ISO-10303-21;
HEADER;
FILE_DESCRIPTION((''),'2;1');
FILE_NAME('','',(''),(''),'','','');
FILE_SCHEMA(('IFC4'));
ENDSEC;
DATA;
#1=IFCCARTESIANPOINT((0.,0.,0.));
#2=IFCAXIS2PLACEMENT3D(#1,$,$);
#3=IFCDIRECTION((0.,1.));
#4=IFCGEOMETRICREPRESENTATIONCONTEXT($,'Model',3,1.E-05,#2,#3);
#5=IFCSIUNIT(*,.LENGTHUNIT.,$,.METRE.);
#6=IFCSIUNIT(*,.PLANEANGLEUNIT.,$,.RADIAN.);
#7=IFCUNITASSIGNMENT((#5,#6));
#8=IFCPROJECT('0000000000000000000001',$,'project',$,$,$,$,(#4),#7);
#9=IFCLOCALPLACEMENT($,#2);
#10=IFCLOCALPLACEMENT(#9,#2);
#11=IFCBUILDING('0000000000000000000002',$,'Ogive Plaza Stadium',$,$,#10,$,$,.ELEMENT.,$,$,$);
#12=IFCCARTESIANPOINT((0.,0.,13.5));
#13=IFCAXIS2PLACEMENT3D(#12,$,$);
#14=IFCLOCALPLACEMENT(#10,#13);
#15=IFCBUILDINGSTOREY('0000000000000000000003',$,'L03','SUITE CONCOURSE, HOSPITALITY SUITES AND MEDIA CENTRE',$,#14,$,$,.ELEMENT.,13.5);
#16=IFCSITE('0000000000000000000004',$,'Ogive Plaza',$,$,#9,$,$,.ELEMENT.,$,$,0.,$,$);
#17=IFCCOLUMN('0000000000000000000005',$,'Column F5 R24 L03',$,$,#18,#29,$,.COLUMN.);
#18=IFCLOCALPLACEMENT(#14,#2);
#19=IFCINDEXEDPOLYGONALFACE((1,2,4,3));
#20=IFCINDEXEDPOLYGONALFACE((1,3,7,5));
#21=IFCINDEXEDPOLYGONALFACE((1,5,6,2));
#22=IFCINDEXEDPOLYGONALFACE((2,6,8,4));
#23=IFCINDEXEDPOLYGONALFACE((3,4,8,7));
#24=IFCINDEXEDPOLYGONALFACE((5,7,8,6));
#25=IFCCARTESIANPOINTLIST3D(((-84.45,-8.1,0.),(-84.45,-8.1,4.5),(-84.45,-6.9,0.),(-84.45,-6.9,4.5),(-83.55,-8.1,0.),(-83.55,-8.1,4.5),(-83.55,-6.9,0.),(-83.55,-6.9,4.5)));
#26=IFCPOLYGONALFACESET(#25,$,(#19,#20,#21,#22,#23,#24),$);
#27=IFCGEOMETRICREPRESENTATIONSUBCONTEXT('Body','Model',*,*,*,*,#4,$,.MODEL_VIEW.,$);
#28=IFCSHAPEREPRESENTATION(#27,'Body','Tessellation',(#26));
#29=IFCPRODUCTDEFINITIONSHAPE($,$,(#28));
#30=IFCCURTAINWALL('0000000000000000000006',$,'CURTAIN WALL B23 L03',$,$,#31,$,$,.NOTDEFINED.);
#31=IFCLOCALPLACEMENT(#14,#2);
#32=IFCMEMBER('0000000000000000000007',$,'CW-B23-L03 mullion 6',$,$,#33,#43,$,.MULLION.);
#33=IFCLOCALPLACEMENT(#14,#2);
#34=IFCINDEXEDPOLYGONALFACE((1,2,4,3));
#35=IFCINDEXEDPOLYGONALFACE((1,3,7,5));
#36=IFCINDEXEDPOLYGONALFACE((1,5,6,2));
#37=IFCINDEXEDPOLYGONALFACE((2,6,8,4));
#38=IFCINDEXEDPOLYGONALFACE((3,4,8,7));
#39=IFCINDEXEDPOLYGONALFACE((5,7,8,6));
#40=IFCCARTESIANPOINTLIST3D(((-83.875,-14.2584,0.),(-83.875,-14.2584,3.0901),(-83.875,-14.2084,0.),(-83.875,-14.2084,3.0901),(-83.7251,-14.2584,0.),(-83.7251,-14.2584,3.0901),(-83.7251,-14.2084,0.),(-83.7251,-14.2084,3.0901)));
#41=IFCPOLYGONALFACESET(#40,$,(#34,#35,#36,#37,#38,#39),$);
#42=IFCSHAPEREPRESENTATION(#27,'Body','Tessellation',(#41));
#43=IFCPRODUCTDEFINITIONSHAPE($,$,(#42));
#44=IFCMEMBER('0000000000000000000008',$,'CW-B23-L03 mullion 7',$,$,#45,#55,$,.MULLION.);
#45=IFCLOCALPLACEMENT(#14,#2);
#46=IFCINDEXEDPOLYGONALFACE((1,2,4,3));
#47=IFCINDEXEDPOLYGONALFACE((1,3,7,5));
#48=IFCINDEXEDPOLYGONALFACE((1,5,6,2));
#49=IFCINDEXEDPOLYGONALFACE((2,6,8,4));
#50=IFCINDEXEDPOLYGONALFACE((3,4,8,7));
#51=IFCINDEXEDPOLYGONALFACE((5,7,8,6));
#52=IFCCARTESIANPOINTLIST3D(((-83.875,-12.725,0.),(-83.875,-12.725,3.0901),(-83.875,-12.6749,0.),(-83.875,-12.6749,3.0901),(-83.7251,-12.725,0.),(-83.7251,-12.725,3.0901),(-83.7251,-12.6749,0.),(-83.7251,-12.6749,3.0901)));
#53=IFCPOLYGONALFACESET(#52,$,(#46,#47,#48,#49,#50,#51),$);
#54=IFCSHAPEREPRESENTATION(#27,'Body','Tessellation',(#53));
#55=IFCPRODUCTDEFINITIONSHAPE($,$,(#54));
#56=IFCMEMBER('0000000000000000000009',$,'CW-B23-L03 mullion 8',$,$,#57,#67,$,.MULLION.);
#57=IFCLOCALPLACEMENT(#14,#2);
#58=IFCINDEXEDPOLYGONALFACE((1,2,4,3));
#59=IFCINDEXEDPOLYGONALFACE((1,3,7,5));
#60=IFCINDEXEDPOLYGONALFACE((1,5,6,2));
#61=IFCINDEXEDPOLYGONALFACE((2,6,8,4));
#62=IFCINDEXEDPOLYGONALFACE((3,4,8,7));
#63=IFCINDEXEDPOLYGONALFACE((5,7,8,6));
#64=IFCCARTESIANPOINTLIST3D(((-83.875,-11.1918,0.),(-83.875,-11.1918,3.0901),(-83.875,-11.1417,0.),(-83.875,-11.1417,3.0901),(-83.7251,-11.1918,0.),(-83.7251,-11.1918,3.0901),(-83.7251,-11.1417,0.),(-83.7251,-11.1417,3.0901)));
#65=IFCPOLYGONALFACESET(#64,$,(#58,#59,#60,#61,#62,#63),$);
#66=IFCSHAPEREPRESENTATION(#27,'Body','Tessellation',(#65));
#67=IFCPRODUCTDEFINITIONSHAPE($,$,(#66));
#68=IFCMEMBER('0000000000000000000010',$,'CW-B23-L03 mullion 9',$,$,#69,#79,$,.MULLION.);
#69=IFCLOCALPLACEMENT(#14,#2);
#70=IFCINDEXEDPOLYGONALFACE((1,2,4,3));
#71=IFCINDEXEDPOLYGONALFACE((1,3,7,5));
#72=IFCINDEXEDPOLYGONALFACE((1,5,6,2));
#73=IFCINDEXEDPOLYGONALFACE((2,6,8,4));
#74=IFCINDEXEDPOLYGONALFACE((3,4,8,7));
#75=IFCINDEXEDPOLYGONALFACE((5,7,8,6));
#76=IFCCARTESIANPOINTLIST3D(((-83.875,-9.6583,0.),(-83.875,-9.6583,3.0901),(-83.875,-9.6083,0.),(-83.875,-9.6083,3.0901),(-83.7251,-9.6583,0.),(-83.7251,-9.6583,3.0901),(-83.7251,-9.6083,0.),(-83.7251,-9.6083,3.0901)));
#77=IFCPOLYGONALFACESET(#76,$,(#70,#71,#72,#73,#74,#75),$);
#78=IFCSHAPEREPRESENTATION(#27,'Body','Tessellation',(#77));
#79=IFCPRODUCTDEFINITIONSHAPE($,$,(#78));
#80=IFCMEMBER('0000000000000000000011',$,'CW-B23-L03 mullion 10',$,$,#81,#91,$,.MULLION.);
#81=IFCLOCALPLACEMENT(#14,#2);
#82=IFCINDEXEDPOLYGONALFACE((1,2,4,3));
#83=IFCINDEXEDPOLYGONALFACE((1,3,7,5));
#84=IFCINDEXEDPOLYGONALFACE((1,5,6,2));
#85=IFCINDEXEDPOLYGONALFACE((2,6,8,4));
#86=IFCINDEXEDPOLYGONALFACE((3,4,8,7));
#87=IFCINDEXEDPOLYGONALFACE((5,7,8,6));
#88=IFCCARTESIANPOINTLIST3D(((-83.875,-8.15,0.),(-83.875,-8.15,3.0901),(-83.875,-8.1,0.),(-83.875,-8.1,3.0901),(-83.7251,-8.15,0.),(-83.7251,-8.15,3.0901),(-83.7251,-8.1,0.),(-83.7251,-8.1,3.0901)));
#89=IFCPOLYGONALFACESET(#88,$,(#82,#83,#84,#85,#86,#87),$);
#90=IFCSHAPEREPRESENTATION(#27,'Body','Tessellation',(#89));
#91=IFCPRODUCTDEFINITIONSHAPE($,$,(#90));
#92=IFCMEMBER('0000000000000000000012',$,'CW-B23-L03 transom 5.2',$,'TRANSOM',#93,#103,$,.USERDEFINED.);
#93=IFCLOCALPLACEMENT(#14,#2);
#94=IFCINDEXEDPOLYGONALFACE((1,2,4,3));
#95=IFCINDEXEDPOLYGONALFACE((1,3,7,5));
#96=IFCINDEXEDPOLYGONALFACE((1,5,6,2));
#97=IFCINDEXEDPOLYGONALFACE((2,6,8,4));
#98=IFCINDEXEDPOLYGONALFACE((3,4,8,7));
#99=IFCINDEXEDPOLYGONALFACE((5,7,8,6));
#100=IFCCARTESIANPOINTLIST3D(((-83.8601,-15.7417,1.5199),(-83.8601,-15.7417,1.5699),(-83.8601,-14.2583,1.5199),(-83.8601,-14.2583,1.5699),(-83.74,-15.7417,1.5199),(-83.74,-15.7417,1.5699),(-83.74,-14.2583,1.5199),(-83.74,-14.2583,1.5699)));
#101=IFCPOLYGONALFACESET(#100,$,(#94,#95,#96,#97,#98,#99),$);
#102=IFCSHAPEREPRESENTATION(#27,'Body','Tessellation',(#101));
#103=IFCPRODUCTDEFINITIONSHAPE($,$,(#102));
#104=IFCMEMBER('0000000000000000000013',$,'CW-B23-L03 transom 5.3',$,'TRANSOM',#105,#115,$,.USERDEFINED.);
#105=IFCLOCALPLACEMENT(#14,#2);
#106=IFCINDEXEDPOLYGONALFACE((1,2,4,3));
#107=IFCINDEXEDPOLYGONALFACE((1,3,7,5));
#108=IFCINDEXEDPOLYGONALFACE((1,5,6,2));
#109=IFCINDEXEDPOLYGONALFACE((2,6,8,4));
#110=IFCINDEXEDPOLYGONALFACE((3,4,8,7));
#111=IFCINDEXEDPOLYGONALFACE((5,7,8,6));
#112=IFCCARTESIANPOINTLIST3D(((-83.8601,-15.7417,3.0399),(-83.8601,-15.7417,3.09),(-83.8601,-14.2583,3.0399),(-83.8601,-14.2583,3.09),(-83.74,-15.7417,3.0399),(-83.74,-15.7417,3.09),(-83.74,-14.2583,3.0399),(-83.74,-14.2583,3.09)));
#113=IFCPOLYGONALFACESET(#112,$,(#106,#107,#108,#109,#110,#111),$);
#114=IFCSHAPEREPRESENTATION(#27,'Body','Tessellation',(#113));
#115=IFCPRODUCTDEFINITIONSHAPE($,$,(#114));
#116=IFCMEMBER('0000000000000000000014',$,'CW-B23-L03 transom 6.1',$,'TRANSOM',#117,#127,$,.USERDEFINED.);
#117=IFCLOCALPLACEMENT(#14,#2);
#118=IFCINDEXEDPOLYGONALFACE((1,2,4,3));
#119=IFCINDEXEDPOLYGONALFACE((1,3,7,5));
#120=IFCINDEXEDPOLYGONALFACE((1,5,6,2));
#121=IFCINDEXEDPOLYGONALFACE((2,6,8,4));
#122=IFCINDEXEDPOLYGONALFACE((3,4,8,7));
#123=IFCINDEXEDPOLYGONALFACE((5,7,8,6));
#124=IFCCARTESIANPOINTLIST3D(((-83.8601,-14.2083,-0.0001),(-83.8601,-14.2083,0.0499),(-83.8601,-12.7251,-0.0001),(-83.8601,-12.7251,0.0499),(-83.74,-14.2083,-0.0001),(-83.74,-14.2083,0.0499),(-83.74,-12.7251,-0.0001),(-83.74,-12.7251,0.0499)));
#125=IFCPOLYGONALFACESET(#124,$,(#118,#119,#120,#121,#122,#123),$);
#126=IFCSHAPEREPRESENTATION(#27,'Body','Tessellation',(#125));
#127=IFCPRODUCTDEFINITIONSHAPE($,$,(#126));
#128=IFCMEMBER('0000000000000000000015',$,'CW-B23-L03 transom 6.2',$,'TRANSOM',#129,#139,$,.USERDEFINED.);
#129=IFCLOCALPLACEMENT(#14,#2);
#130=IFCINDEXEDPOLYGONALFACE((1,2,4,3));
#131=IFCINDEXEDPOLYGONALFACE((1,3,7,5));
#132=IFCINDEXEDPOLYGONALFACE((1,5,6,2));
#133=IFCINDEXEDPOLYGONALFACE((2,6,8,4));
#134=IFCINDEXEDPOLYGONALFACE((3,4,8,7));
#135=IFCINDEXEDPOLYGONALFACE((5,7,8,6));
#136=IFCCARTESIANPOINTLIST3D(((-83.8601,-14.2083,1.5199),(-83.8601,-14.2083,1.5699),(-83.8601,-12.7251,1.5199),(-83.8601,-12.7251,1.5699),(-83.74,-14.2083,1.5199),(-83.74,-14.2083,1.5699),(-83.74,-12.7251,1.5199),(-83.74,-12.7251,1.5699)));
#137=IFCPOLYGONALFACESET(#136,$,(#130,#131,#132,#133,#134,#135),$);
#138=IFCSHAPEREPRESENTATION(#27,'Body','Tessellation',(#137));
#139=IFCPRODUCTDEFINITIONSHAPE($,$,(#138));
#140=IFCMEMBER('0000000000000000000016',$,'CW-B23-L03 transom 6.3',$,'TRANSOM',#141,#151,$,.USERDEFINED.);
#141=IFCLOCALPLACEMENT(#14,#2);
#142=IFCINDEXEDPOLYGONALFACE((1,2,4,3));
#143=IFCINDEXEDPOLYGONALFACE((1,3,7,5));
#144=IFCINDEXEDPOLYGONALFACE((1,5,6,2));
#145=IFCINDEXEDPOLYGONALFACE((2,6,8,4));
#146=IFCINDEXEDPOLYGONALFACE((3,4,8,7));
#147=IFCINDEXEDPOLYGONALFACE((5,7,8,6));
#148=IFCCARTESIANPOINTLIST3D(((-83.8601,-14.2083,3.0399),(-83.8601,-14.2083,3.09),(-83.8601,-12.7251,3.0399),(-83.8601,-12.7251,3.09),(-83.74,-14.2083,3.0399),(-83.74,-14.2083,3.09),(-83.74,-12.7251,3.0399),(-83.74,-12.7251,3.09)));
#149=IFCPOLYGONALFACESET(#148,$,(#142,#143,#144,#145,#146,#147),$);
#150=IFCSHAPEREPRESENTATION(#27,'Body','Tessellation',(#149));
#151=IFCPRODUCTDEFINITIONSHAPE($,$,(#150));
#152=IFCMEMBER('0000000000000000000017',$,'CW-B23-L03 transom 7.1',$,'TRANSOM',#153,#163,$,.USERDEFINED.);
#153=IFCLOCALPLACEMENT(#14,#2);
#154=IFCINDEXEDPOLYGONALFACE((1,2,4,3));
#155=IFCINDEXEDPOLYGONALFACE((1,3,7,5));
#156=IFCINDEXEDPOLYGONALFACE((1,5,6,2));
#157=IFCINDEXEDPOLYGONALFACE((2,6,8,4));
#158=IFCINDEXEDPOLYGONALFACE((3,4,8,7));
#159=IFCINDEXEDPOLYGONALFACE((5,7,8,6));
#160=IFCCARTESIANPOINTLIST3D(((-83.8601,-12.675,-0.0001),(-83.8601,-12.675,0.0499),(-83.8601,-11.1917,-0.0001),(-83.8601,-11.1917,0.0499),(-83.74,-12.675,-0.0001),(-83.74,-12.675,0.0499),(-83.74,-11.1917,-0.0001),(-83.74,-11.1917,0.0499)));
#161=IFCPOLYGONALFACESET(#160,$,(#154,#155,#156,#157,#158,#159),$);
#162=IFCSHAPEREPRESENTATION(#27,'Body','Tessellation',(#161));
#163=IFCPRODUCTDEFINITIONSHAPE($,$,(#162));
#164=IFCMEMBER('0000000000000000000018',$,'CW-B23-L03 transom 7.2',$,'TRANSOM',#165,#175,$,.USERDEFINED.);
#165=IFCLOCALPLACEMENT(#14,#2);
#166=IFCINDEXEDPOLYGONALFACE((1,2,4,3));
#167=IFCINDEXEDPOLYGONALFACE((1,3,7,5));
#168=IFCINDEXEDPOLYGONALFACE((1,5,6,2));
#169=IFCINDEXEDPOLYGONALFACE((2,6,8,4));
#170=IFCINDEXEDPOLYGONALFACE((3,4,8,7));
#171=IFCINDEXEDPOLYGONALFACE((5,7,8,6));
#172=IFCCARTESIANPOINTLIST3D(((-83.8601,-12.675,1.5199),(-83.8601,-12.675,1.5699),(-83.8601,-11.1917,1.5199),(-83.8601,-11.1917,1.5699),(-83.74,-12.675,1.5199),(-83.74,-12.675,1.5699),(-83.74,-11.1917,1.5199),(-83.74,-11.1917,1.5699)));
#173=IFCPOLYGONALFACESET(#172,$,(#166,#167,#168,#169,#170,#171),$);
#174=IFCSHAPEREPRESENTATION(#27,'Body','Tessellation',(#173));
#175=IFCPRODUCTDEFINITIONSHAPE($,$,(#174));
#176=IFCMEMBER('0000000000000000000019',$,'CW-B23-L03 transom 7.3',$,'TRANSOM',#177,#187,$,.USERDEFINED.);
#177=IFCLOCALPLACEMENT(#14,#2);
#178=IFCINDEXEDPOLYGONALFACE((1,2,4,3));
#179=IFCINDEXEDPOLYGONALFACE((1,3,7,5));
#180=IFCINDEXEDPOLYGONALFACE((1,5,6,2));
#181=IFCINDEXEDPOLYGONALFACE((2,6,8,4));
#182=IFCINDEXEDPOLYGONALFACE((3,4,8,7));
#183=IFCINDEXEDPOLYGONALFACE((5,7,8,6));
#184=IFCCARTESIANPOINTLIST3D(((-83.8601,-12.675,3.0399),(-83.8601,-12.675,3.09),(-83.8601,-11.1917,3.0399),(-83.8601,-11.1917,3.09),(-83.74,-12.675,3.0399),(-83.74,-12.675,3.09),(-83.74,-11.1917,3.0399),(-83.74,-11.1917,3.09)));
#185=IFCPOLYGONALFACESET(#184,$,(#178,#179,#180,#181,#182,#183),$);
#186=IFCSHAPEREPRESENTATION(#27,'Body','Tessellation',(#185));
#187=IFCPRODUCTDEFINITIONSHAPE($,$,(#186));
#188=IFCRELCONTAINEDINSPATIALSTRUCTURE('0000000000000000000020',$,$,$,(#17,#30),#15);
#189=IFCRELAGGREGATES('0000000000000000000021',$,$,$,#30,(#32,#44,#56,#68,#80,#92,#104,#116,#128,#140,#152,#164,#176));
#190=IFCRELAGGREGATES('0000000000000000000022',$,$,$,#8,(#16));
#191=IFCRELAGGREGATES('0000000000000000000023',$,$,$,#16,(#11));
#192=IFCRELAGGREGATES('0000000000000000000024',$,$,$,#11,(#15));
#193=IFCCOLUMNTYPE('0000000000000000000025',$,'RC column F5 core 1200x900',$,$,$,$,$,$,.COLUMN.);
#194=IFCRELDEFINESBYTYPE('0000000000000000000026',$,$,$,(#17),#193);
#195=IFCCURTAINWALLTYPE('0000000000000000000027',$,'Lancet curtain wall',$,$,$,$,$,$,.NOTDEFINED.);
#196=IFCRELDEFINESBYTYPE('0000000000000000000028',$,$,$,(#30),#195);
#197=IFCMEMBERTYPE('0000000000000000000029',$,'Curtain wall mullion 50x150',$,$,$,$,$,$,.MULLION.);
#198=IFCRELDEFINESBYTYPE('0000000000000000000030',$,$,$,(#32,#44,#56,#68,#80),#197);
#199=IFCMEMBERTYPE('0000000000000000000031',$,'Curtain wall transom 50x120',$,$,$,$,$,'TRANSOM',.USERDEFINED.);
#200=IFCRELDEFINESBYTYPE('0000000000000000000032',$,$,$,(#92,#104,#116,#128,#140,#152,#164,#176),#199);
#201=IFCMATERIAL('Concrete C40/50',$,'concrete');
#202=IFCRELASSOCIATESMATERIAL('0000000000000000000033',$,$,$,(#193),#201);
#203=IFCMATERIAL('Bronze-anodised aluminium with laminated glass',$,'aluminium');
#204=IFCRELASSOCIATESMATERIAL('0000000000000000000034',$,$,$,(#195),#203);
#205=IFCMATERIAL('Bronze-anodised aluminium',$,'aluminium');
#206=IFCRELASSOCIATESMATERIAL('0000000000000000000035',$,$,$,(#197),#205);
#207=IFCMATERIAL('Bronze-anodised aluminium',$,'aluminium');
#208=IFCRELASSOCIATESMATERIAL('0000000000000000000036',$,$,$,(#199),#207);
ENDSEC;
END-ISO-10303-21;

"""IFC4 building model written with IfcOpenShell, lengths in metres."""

from ifc_helpers import new_model, si_unit, direction, frame, origin, origin_2d, place, context, subcontext, project, spatial, rectangle, extrude, material, material_profile, profile_set, type_object, element, aggregate, save


model = new_model("IFC4")

# Units and contexts
model_context = context("Model", 3, precision=1e-05, world=origin(), true_north=direction((0.0, 1.0)))
body_context = subcontext(model_context, "Body", "Model", "MODEL_VIEW")
ifc_project = project(units=[si_unit("LENGTHUNIT", "METRE"), si_unit("PLANEANGLEUNIT", "RADIAN")], contexts=[model_context])

# Site, building, storey
site_placement = place(None, origin())
site = spatial("IfcSite", under=ifc_project, at=site_placement, Name="Ogive Plaza", CompositionType="ELEMENT", RefElevation=0.0)
building_placement = place(site_placement, origin())
building = spatial("IfcBuilding", under=site, at=building_placement, Name="Ogive Plaza Stadium", CompositionType="ELEMENT")
storey_placement = place(building_placement, frame((0.0, 0.0, 13.5)))
storey = spatial("IfcBuildingStorey", under=building, at=storey_placement, Name="L03", Description="SUITE CONCOURSE, HOSPITALITY SUITES AND MEDIA CENTRE", CompositionType="ELEMENT", Elevation=13.5)

# Column
ifc_material_1 = material(Name="Concrete C40/50", Category="concrete")
ifc_material_profile_1 = material_profile(ifc_material_1, rectangle(XDim=1.2, YDim=0.8999, at=origin_2d()), Name="RC 1200x900")
ifc_profile_set_1 = profile_set([ifc_material_profile_1], Name="Concrete C40/50")
column_type = type_object("IfcColumnType", Name="RC column F5 core 1200x900", PredefinedType="COLUMN", material=ifc_profile_set_1)
column_placement = place(storey_placement, frame((-84.0, -7.5, 0.0), z_axis=(0.0, 0.0, 1.0), x_axis=(0.0, -1.0, 0.0)))
element("IfcColumn", 1, at=column_placement, inside=storey, type_object=column_type, Name="Column F5 R24 L03", PredefinedType="COLUMN", context=body_context, shape_type="SweptSolid", body=[
    extrude(rectangle(XDim=1.2, YDim=0.8999, at=origin_2d()), origin(), (0.0, 0.0, 1.0), 4.5),
])

# Curtain wall, members
ifc_material_2 = material(Name="Bronze-anodised aluminium with laminated glass", Category="aluminium")
curtain_wall_type = type_object("IfcCurtainWallType", Name="Lancet curtain wall", PredefinedType="NOTDEFINED", material=ifc_material_2)
curtain_wall_placement = place(storey_placement, origin())
curtain_wall = element("IfcCurtainWall", 2, at=curtain_wall_placement, inside=storey, type_object=curtain_wall_type, Name="CURTAIN WALL B23 L03", PredefinedType="NOTDEFINED")
ifc_material_3 = material(Name="Bronze-anodised aluminium", Category="aluminium")
ifc_material_profile_2 = material_profile(ifc_material_3, rectangle(XDim=0.1499, YDim=0.05, at=origin_2d()), Name="AL 150x50")
ifc_profile_set_2 = profile_set([ifc_material_profile_2], Name="Bronze-anodised aluminium")
member_type_1 = type_object("IfcMemberType", Name="Curtain wall mullion 50x150", PredefinedType="MULLION", material=ifc_profile_set_2)
member_1_placement = place(storey_placement, frame((-83.8, -14.2334, 0.0), z_axis=(0.0, 0.0, 1.0), x_axis=(-1.0, 0.0, 0.0)))
member_1 = element("IfcMember", 3, at=member_1_placement, type_object=member_type_1, Name="CW-B23-L03 mullion 6", PredefinedType="MULLION", context=body_context, shape_type="SweptSolid", body=[
    extrude(rectangle(XDim=0.1499, YDim=0.05, at=origin_2d()), origin(), (0.0, 0.0, 1.0), 3.0901),
])
member_2_placement = place(storey_placement, frame((-83.8, -12.7, 0.0), z_axis=(0.0, 0.0, 1.0), x_axis=(-1.0, 0.0, 0.0)))
member_2 = element("IfcMember", 4, at=member_2_placement, type_object=member_type_1, Name="CW-B23-L03 mullion 7", PredefinedType="MULLION", context=body_context, shape_type="SweptSolid", body=[
    extrude(rectangle(XDim=0.1499, YDim=0.05, at=origin_2d()), origin(), (0.0, 0.0, 1.0), 3.0901),
])
member_3_placement = place(storey_placement, frame((-83.8, -11.1667, 0.0), z_axis=(0.0, 0.0, 1.0), x_axis=(-1.0, 0.0, 0.0)))
member_3 = element("IfcMember", 5, at=member_3_placement, type_object=member_type_1, Name="CW-B23-L03 mullion 8", PredefinedType="MULLION", context=body_context, shape_type="SweptSolid", body=[
    extrude(rectangle(XDim=0.1499, YDim=0.05, at=origin_2d()), origin(), (0.0, 0.0, 1.0), 3.0901),
])
member_4_placement = place(storey_placement, frame((-83.8, -9.6333, 0.0), z_axis=(0.0, 0.0, 1.0), x_axis=(-1.0, 0.0, 0.0)))
member_4 = element("IfcMember", 6, at=member_4_placement, type_object=member_type_1, Name="CW-B23-L03 mullion 9", PredefinedType="MULLION", context=body_context, shape_type="SweptSolid", body=[
    extrude(rectangle(XDim=0.1499, YDim=0.05, at=origin_2d()), origin(), (0.0, 0.0, 1.0), 3.0901),
])
member_5_placement = place(storey_placement, frame((-83.8, -8.125, 0.0), z_axis=(0.0, 0.0, 1.0), x_axis=(-1.0, 0.0, 0.0)))
member_5 = element("IfcMember", 7, at=member_5_placement, type_object=member_type_1, Name="CW-B23-L03 mullion 10", PredefinedType="MULLION", context=body_context, shape_type="SweptSolid", body=[
    extrude(rectangle(XDim=0.1499, YDim=0.05, at=origin_2d()), origin(), (0.0, 0.0, 1.0), 3.0901),
])
ifc_material_4 = material(Name="Bronze-anodised aluminium", Category="aluminium")
ifc_material_profile_3 = material_profile(ifc_material_4, rectangle(XDim=0.1201, YDim=0.05, at=origin_2d()), Name="AL 120x50")
ifc_profile_set_3 = profile_set([ifc_material_profile_3], Name="Bronze-anodised aluminium")
member_type_2 = type_object("IfcMemberType", Name="Curtain wall transom 50x120", ElementType="TRANSOM", PredefinedType="USERDEFINED", material=ifc_profile_set_3)
member_6_placement = place(storey_placement, frame((-83.8, -15.7417, 1.5449), z_axis=(0.0, 1.0, 0.0), x_axis=(-1.0, 0.0, 0.0)))
member_6 = element("IfcMember", 8, at=member_6_placement, type_object=member_type_2, Name="CW-B23-L03 transom 5.2", ObjectType="TRANSOM", PredefinedType="USERDEFINED", context=body_context, shape_type="SweptSolid", body=[
    extrude(rectangle(XDim=0.1201, YDim=0.05, at=origin_2d()), origin(), (0.0, 0.0, 1.0), 1.4834),
])
member_7_placement = place(storey_placement, frame((-83.8, -15.7417, 3.0649), z_axis=(0.0, 1.0, 0.0), x_axis=(-1.0, 0.0, 0.0)))
member_7 = element("IfcMember", 9, at=member_7_placement, type_object=member_type_2, Name="CW-B23-L03 transom 5.3", ObjectType="TRANSOM", PredefinedType="USERDEFINED", context=body_context, shape_type="SweptSolid", body=[
    extrude(rectangle(XDim=0.1201, YDim=0.05, at=origin_2d()), origin(), (0.0, 0.0, 1.0), 1.4834),
])
member_8_placement = place(storey_placement, frame((-83.8, -14.2083, 0.0249), z_axis=(0.0, 1.0, 0.0), x_axis=(-1.0, 0.0, 0.0)))
member_8 = element("IfcMember", 10, at=member_8_placement, type_object=member_type_2, Name="CW-B23-L03 transom 6.1", ObjectType="TRANSOM", PredefinedType="USERDEFINED", context=body_context, shape_type="SweptSolid", body=[
    extrude(rectangle(XDim=0.1201, YDim=0.05, at=origin_2d()), origin(), (0.0, 0.0, 1.0), 1.4832),
])
member_9_placement = place(storey_placement, frame((-83.8, -14.2083, 1.5449), z_axis=(0.0, 1.0, 0.0), x_axis=(-1.0, 0.0, 0.0)))
member_9 = element("IfcMember", 11, at=member_9_placement, type_object=member_type_2, Name="CW-B23-L03 transom 6.2", ObjectType="TRANSOM", PredefinedType="USERDEFINED", context=body_context, shape_type="SweptSolid", body=[
    extrude(rectangle(XDim=0.1201, YDim=0.05, at=origin_2d()), origin(), (0.0, 0.0, 1.0), 1.4832),
])
member_10_placement = place(storey_placement, frame((-83.8, -14.2083, 3.0649), z_axis=(0.0, 1.0, 0.0), x_axis=(-1.0, 0.0, 0.0)))
member_10 = element("IfcMember", 12, at=member_10_placement, type_object=member_type_2, Name="CW-B23-L03 transom 6.3", ObjectType="TRANSOM", PredefinedType="USERDEFINED", context=body_context, shape_type="SweptSolid", body=[
    extrude(rectangle(XDim=0.1201, YDim=0.05, at=origin_2d()), origin(), (0.0, 0.0, 1.0), 1.4832),
])
member_11_placement = place(storey_placement, frame((-83.8, -12.675, 0.0249), z_axis=(0.0, 1.0, 0.0), x_axis=(-1.0, 0.0, 0.0)))
member_11 = element("IfcMember", 13, at=member_11_placement, type_object=member_type_2, Name="CW-B23-L03 transom 7.1", ObjectType="TRANSOM", PredefinedType="USERDEFINED", context=body_context, shape_type="SweptSolid", body=[
    extrude(rectangle(XDim=0.1201, YDim=0.05, at=origin_2d()), origin(), (0.0, 0.0, 1.0), 1.4834),
])
member_12_placement = place(storey_placement, frame((-83.8, -12.675, 1.5449), z_axis=(0.0, 1.0, 0.0), x_axis=(-1.0, 0.0, 0.0)))
member_12 = element("IfcMember", 14, at=member_12_placement, type_object=member_type_2, Name="CW-B23-L03 transom 7.2", ObjectType="TRANSOM", PredefinedType="USERDEFINED", context=body_context, shape_type="SweptSolid", body=[
    extrude(rectangle(XDim=0.1201, YDim=0.05, at=origin_2d()), origin(), (0.0, 0.0, 1.0), 1.4834),
])
member_13_placement = place(storey_placement, frame((-83.8, -12.675, 3.0649), z_axis=(0.0, 1.0, 0.0), x_axis=(-1.0, 0.0, 0.0)))
member_13 = element("IfcMember", 15, at=member_13_placement, type_object=member_type_2, Name="CW-B23-L03 transom 7.3", ObjectType="TRANSOM", PredefinedType="USERDEFINED", context=body_context, shape_type="SweptSolid", body=[
    extrude(rectangle(XDim=0.1201, YDim=0.05, at=origin_2d()), origin(), (0.0, 0.0, 1.0), 1.4834),
])
aggregate(curtain_wall, [member_1, member_2, member_3, member_4, member_5, member_6, member_7, member_8, member_9, member_10, member_11, member_12, member_13])

save(model, "model.ifc")
